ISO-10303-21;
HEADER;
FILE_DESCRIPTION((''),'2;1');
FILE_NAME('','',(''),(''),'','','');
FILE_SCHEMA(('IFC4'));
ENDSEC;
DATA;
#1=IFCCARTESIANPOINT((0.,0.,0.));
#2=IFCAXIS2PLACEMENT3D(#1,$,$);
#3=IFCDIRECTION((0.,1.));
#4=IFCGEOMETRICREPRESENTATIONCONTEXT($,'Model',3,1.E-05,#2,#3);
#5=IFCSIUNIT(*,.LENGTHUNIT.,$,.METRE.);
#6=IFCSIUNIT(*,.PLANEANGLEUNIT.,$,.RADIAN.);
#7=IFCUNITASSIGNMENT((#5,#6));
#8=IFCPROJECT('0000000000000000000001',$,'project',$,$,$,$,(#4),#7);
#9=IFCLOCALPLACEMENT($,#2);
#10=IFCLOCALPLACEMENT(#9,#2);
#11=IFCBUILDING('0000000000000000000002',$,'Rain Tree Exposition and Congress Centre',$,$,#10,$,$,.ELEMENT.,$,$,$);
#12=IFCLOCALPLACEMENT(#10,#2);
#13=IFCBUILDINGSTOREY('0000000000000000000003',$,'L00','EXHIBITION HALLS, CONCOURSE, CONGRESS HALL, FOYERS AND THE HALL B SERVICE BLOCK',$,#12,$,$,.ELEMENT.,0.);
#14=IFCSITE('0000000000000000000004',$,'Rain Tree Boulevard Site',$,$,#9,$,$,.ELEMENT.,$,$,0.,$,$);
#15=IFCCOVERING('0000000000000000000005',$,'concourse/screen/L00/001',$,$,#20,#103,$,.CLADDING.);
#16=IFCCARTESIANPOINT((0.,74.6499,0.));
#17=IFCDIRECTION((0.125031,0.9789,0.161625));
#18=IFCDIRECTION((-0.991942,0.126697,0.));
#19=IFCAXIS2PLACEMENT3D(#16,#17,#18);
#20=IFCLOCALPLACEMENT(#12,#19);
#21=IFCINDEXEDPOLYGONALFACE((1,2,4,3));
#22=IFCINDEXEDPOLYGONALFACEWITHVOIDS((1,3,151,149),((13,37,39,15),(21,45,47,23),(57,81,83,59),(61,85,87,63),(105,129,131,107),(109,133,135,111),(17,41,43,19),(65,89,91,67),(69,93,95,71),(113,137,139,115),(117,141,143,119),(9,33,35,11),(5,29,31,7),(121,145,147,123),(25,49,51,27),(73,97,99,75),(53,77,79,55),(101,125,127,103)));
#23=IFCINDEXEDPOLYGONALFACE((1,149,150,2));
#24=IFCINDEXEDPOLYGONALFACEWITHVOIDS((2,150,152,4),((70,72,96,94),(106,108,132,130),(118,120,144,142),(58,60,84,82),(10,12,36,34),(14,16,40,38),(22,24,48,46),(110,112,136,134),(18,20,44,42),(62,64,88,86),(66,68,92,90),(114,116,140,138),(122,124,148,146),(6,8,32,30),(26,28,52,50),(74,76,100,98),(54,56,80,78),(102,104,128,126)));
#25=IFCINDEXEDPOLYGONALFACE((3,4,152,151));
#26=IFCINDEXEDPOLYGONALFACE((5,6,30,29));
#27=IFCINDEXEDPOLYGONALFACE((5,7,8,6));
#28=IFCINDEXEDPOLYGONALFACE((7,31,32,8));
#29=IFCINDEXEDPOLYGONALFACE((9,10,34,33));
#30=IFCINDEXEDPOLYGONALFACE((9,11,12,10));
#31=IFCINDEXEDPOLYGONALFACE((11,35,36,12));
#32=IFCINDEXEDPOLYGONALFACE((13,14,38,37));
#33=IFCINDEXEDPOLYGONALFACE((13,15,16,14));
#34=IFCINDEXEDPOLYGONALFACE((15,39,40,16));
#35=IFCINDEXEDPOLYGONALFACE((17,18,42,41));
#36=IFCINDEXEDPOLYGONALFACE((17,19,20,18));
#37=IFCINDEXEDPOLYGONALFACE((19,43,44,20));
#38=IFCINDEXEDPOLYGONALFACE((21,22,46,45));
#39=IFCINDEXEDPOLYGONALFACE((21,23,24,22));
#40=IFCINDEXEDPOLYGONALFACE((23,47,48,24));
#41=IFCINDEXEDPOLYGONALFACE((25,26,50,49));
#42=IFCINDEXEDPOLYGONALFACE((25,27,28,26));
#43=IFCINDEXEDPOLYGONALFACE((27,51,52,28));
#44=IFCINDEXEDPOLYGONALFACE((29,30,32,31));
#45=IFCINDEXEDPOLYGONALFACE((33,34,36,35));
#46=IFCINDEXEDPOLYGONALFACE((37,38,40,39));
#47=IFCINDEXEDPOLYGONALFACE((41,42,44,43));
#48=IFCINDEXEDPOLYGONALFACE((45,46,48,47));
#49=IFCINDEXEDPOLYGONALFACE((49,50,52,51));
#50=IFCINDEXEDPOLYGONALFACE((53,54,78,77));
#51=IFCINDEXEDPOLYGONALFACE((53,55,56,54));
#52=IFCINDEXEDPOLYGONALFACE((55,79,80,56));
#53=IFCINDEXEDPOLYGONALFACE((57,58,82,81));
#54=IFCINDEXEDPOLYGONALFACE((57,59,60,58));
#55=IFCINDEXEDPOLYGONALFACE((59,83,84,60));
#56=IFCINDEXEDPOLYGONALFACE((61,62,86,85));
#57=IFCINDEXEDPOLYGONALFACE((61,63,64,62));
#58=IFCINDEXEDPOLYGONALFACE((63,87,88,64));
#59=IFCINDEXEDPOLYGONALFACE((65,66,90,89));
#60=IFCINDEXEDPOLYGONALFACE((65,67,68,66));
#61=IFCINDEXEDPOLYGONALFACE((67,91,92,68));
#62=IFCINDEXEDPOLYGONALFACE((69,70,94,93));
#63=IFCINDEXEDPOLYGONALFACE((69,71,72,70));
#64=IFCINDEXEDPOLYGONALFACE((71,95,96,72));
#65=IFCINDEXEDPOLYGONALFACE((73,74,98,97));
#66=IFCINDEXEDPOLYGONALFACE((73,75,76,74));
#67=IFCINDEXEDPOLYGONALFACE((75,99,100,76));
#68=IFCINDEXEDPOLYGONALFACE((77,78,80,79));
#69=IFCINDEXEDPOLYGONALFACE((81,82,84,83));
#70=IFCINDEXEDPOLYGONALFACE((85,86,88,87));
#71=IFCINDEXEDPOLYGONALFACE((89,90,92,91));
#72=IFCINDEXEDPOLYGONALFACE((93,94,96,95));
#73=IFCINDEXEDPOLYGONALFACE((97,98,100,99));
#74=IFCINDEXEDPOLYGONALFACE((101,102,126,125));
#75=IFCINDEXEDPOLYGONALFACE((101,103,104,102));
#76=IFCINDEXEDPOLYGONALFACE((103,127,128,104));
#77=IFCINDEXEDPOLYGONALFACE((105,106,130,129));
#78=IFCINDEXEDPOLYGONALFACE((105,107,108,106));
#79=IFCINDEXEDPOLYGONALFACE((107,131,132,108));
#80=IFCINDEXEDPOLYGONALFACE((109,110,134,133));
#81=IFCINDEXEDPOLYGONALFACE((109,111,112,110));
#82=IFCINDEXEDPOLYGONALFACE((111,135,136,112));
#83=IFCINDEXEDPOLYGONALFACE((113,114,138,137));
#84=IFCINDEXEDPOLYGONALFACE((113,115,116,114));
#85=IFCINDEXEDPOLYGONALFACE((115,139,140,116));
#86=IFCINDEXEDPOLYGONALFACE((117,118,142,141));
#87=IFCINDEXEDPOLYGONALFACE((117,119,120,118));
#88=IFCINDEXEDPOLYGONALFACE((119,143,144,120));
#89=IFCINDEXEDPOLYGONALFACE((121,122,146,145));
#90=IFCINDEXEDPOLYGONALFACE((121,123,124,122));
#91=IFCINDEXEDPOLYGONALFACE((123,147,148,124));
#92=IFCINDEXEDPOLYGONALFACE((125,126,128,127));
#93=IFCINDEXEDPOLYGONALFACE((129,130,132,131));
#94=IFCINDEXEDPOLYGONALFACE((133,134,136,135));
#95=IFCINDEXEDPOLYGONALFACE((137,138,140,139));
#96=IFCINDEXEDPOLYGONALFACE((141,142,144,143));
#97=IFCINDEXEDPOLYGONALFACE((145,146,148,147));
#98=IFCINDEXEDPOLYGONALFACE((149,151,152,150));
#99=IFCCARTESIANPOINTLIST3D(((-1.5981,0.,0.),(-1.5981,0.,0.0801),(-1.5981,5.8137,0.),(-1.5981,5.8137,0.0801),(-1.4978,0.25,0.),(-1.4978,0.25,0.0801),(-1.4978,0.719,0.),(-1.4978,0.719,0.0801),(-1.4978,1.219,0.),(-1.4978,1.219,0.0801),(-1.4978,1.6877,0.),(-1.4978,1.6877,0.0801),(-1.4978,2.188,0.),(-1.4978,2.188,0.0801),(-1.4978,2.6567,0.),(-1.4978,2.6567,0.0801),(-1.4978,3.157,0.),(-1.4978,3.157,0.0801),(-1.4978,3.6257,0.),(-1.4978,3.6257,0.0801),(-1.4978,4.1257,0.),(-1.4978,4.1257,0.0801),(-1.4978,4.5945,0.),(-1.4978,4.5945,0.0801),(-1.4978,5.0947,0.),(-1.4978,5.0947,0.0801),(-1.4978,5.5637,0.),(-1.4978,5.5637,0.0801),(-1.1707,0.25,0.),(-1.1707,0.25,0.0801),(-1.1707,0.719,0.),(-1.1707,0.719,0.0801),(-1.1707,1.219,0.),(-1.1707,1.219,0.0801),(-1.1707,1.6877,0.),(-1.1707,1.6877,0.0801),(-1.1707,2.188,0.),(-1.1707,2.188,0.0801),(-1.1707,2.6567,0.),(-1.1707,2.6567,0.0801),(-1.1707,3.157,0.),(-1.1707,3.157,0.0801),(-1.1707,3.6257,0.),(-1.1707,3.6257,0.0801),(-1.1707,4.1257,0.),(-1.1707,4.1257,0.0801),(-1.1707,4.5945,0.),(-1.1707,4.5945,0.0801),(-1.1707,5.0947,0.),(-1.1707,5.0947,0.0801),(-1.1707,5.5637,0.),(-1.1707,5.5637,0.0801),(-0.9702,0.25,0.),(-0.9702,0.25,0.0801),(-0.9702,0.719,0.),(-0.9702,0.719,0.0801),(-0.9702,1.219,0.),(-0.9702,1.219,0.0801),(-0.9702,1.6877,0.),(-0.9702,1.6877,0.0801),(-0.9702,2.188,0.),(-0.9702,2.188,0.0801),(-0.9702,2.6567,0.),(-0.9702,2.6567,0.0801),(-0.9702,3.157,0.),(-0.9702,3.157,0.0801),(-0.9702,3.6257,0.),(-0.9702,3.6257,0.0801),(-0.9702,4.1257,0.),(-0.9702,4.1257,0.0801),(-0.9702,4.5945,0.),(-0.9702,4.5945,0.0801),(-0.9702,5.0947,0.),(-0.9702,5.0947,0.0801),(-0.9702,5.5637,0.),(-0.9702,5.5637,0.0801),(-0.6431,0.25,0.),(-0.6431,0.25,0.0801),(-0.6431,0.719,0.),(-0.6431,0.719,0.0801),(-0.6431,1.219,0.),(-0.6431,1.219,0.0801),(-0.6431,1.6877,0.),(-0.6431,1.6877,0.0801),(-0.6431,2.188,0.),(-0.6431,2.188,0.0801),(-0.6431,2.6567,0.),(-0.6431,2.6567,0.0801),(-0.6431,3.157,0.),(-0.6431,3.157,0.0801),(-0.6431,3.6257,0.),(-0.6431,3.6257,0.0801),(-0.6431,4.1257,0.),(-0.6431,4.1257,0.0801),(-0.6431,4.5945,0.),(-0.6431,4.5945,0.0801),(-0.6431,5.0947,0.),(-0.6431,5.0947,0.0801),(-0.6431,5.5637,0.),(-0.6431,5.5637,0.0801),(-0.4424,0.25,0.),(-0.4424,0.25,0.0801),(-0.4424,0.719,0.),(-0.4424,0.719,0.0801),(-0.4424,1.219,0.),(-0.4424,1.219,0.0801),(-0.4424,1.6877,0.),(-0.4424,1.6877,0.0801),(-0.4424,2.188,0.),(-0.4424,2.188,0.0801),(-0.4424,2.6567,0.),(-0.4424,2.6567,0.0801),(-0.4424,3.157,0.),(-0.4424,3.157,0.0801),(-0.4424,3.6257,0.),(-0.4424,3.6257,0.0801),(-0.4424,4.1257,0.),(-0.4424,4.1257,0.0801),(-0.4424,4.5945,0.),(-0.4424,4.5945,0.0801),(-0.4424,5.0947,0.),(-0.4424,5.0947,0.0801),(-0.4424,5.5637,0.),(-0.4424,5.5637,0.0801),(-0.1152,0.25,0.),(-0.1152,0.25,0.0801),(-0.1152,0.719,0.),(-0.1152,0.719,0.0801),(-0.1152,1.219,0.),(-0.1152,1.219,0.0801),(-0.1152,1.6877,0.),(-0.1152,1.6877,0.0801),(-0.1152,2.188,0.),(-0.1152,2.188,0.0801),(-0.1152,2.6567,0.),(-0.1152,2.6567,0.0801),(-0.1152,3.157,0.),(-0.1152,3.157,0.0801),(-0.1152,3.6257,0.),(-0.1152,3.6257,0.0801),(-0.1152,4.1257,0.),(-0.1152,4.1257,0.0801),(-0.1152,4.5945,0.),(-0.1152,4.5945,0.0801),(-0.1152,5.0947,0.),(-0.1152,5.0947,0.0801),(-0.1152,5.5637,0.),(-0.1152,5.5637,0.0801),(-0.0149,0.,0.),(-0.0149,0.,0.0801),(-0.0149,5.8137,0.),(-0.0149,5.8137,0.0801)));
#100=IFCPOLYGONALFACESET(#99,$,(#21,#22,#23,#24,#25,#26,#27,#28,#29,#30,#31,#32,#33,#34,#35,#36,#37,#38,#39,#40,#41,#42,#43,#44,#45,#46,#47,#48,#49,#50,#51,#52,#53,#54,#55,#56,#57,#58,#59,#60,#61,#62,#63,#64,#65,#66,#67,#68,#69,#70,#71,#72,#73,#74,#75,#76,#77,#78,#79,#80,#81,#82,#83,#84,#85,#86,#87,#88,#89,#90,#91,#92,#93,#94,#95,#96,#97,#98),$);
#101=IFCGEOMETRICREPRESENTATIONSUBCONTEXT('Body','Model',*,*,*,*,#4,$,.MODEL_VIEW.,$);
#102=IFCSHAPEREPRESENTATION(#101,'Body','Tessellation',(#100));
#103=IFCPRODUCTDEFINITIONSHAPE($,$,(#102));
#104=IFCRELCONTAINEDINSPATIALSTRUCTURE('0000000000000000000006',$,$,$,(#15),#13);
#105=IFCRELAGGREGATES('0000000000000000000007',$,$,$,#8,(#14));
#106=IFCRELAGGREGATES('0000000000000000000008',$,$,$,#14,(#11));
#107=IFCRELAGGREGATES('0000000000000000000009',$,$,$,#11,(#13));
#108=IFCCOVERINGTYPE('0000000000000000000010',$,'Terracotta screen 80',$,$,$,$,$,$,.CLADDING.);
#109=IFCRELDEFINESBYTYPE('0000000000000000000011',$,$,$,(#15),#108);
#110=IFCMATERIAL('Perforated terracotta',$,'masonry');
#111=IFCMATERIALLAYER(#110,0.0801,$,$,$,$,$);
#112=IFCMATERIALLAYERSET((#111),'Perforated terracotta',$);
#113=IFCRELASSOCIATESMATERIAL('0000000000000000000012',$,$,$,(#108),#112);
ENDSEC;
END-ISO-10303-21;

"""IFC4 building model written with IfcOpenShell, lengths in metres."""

from ifc_helpers import new_model, si_unit, direction, frame, origin, place, context, subcontext, project, spatial, polyline, outline, extrude, material, layer, layer_set, type_object, element, save


model = new_model("IFC4")

# Units and contexts
model_context = context("Model", 3, precision=1e-05, world=origin(), true_north=direction((0.0, 1.0)))
body_context = subcontext(model_context, "Body", "Model", "MODEL_VIEW")
ifc_project = project(units=[si_unit("LENGTHUNIT", "METRE"), si_unit("PLANEANGLEUNIT", "RADIAN")], contexts=[model_context])

# Site, building, storey
site_placement = place(None, origin())
site = spatial("IfcSite", under=ifc_project, at=site_placement, Name="Rain Tree Boulevard Site", CompositionType="ELEMENT", RefElevation=0.0)
building_placement = place(site_placement, origin())
building = spatial("IfcBuilding", under=site, at=building_placement, Name="Rain Tree Exposition and Congress Centre", CompositionType="ELEMENT")
storey_placement = place(building_placement, origin())
storey = spatial("IfcBuildingStorey", under=building, at=storey_placement, Name="L00", Description="EXHIBITION HALLS, CONCOURSE, CONGRESS HALL, FOYERS AND THE HALL B SERVICE BLOCK", CompositionType="ELEMENT", Elevation=0.0)

# Covering
ifc_material_1 = material(Name="Perforated terracotta", Category="masonry")
ifc_layer_1 = layer(ifc_material_1, 0.0801)
ifc_layer_set_1 = layer_set([ifc_layer_1], Name="Perforated terracotta")
covering_type = type_object("IfcCoveringType", Name="Terracotta screen 80", PredefinedType="CLADDING", material=ifc_layer_set_1)
covering_1_placement = place(storey_placement, frame((0.0, 74.6499, 0.0), z_axis=(0.125031, 0.9789, 0.161625), x_axis=(-0.991942, 0.126697, 0.0)))
element("IfcCovering", 1, at=covering_1_placement, inside=storey, type_object=covering_type, Name="concourse/screen/L00/001", PredefinedType="CLADDING", context=body_context, shape_type="SweptSolid", body=[
    extrude(outline(polyline([(-0.0149, 0.0), (-1.5981, 0.0), (-1.5981, 5.8137), (-0.0149, 5.8137), (-0.0149, 0.0)]), holes=[polyline([(-0.1152, 0.25), (-0.1152, 0.719), (-0.4424, 0.719), (-0.4424, 0.25), (-0.1152, 0.25)]), polyline([(-0.1152, 1.219), (-0.1152, 1.6877), (-0.4424, 1.6877), (-0.4424, 1.219), (-0.1152, 1.219)]), polyline([(-0.1152, 2.188), (-0.1152, 2.6567), (-0.4424, 2.6567), (-0.4424, 2.188), (-0.1152, 2.188)]), polyline([(-0.1152, 3.157), (-0.1152, 3.6257), (-0.4424, 3.6257), (-0.4424, 3.157), (-0.1152, 3.157)]), polyline([(-0.1152, 4.1257), (-0.1152, 4.5945), (-0.4424, 4.5945), (-0.4424, 4.1257), (-0.1152, 4.1257)]), polyline([(-0.1152, 5.0947), (-0.1152, 5.5637), (-0.4424, 5.5637), (-0.4424, 5.0947), (-0.1152, 5.0947)]), polyline([(-0.6431, 0.25), (-0.6431, 0.719), (-0.9702, 0.719), (-0.9702, 0.25), (-0.6431, 0.25)]), polyline([(-0.6431, 1.219), (-0.6431, 1.6877), (-0.9702, 1.6877), (-0.9702, 1.219), (-0.6431, 1.219)]), polyline([(-0.6431, 2.188), (-0.6431, 2.6567), (-0.9702, 2.6567), (-0.9702, 2.188), (-0.6431, 2.188)]), polyline([(-0.6431, 3.157), (-0.6431, 3.6257), (-0.9702, 3.6257), (-0.9702, 3.157), (-0.6431, 3.157)]), polyline([(-0.6431, 4.1257), (-0.6431, 4.5945), (-0.9702, 4.5945), (-0.9702, 4.1257), (-0.6431, 4.1257)]), polyline([(-0.6431, 5.0947), (-0.6431, 5.5637), (-0.9702, 5.5637), (-0.9702, 5.0947), (-0.6431, 5.0947)]), polyline([(-1.1707, 0.25), (-1.1707, 0.719), (-1.4978, 0.719), (-1.4978, 0.25), (-1.1707, 0.25)]), polyline([(-1.1707, 1.219), (-1.1707, 1.6877), (-1.4978, 1.6877), (-1.4978, 1.219), (-1.1707, 1.219)]), polyline([(-1.1707, 2.188), (-1.1707, 2.6567), (-1.4978, 2.6567), (-1.4978, 2.188), (-1.1707, 2.188)]), polyline([(-1.1707, 3.157), (-1.1707, 3.6257), (-1.4978, 3.6257), (-1.4978, 3.157), (-1.1707, 3.157)]), polyline([(-1.1707, 4.1257), (-1.1707, 4.5945), (-1.4978, 4.5945), (-1.4978, 4.1257), (-1.1707, 4.1257)]), polyline([(-1.1707, 5.0947), (-1.1707, 5.5637), (-1.4978, 5.5637), (-1.4978, 5.0947), (-1.1707, 5.0947)])]), origin(), (0.0, 0.0, 1.0), 0.0801),
])

save(model, "model.ifc")
